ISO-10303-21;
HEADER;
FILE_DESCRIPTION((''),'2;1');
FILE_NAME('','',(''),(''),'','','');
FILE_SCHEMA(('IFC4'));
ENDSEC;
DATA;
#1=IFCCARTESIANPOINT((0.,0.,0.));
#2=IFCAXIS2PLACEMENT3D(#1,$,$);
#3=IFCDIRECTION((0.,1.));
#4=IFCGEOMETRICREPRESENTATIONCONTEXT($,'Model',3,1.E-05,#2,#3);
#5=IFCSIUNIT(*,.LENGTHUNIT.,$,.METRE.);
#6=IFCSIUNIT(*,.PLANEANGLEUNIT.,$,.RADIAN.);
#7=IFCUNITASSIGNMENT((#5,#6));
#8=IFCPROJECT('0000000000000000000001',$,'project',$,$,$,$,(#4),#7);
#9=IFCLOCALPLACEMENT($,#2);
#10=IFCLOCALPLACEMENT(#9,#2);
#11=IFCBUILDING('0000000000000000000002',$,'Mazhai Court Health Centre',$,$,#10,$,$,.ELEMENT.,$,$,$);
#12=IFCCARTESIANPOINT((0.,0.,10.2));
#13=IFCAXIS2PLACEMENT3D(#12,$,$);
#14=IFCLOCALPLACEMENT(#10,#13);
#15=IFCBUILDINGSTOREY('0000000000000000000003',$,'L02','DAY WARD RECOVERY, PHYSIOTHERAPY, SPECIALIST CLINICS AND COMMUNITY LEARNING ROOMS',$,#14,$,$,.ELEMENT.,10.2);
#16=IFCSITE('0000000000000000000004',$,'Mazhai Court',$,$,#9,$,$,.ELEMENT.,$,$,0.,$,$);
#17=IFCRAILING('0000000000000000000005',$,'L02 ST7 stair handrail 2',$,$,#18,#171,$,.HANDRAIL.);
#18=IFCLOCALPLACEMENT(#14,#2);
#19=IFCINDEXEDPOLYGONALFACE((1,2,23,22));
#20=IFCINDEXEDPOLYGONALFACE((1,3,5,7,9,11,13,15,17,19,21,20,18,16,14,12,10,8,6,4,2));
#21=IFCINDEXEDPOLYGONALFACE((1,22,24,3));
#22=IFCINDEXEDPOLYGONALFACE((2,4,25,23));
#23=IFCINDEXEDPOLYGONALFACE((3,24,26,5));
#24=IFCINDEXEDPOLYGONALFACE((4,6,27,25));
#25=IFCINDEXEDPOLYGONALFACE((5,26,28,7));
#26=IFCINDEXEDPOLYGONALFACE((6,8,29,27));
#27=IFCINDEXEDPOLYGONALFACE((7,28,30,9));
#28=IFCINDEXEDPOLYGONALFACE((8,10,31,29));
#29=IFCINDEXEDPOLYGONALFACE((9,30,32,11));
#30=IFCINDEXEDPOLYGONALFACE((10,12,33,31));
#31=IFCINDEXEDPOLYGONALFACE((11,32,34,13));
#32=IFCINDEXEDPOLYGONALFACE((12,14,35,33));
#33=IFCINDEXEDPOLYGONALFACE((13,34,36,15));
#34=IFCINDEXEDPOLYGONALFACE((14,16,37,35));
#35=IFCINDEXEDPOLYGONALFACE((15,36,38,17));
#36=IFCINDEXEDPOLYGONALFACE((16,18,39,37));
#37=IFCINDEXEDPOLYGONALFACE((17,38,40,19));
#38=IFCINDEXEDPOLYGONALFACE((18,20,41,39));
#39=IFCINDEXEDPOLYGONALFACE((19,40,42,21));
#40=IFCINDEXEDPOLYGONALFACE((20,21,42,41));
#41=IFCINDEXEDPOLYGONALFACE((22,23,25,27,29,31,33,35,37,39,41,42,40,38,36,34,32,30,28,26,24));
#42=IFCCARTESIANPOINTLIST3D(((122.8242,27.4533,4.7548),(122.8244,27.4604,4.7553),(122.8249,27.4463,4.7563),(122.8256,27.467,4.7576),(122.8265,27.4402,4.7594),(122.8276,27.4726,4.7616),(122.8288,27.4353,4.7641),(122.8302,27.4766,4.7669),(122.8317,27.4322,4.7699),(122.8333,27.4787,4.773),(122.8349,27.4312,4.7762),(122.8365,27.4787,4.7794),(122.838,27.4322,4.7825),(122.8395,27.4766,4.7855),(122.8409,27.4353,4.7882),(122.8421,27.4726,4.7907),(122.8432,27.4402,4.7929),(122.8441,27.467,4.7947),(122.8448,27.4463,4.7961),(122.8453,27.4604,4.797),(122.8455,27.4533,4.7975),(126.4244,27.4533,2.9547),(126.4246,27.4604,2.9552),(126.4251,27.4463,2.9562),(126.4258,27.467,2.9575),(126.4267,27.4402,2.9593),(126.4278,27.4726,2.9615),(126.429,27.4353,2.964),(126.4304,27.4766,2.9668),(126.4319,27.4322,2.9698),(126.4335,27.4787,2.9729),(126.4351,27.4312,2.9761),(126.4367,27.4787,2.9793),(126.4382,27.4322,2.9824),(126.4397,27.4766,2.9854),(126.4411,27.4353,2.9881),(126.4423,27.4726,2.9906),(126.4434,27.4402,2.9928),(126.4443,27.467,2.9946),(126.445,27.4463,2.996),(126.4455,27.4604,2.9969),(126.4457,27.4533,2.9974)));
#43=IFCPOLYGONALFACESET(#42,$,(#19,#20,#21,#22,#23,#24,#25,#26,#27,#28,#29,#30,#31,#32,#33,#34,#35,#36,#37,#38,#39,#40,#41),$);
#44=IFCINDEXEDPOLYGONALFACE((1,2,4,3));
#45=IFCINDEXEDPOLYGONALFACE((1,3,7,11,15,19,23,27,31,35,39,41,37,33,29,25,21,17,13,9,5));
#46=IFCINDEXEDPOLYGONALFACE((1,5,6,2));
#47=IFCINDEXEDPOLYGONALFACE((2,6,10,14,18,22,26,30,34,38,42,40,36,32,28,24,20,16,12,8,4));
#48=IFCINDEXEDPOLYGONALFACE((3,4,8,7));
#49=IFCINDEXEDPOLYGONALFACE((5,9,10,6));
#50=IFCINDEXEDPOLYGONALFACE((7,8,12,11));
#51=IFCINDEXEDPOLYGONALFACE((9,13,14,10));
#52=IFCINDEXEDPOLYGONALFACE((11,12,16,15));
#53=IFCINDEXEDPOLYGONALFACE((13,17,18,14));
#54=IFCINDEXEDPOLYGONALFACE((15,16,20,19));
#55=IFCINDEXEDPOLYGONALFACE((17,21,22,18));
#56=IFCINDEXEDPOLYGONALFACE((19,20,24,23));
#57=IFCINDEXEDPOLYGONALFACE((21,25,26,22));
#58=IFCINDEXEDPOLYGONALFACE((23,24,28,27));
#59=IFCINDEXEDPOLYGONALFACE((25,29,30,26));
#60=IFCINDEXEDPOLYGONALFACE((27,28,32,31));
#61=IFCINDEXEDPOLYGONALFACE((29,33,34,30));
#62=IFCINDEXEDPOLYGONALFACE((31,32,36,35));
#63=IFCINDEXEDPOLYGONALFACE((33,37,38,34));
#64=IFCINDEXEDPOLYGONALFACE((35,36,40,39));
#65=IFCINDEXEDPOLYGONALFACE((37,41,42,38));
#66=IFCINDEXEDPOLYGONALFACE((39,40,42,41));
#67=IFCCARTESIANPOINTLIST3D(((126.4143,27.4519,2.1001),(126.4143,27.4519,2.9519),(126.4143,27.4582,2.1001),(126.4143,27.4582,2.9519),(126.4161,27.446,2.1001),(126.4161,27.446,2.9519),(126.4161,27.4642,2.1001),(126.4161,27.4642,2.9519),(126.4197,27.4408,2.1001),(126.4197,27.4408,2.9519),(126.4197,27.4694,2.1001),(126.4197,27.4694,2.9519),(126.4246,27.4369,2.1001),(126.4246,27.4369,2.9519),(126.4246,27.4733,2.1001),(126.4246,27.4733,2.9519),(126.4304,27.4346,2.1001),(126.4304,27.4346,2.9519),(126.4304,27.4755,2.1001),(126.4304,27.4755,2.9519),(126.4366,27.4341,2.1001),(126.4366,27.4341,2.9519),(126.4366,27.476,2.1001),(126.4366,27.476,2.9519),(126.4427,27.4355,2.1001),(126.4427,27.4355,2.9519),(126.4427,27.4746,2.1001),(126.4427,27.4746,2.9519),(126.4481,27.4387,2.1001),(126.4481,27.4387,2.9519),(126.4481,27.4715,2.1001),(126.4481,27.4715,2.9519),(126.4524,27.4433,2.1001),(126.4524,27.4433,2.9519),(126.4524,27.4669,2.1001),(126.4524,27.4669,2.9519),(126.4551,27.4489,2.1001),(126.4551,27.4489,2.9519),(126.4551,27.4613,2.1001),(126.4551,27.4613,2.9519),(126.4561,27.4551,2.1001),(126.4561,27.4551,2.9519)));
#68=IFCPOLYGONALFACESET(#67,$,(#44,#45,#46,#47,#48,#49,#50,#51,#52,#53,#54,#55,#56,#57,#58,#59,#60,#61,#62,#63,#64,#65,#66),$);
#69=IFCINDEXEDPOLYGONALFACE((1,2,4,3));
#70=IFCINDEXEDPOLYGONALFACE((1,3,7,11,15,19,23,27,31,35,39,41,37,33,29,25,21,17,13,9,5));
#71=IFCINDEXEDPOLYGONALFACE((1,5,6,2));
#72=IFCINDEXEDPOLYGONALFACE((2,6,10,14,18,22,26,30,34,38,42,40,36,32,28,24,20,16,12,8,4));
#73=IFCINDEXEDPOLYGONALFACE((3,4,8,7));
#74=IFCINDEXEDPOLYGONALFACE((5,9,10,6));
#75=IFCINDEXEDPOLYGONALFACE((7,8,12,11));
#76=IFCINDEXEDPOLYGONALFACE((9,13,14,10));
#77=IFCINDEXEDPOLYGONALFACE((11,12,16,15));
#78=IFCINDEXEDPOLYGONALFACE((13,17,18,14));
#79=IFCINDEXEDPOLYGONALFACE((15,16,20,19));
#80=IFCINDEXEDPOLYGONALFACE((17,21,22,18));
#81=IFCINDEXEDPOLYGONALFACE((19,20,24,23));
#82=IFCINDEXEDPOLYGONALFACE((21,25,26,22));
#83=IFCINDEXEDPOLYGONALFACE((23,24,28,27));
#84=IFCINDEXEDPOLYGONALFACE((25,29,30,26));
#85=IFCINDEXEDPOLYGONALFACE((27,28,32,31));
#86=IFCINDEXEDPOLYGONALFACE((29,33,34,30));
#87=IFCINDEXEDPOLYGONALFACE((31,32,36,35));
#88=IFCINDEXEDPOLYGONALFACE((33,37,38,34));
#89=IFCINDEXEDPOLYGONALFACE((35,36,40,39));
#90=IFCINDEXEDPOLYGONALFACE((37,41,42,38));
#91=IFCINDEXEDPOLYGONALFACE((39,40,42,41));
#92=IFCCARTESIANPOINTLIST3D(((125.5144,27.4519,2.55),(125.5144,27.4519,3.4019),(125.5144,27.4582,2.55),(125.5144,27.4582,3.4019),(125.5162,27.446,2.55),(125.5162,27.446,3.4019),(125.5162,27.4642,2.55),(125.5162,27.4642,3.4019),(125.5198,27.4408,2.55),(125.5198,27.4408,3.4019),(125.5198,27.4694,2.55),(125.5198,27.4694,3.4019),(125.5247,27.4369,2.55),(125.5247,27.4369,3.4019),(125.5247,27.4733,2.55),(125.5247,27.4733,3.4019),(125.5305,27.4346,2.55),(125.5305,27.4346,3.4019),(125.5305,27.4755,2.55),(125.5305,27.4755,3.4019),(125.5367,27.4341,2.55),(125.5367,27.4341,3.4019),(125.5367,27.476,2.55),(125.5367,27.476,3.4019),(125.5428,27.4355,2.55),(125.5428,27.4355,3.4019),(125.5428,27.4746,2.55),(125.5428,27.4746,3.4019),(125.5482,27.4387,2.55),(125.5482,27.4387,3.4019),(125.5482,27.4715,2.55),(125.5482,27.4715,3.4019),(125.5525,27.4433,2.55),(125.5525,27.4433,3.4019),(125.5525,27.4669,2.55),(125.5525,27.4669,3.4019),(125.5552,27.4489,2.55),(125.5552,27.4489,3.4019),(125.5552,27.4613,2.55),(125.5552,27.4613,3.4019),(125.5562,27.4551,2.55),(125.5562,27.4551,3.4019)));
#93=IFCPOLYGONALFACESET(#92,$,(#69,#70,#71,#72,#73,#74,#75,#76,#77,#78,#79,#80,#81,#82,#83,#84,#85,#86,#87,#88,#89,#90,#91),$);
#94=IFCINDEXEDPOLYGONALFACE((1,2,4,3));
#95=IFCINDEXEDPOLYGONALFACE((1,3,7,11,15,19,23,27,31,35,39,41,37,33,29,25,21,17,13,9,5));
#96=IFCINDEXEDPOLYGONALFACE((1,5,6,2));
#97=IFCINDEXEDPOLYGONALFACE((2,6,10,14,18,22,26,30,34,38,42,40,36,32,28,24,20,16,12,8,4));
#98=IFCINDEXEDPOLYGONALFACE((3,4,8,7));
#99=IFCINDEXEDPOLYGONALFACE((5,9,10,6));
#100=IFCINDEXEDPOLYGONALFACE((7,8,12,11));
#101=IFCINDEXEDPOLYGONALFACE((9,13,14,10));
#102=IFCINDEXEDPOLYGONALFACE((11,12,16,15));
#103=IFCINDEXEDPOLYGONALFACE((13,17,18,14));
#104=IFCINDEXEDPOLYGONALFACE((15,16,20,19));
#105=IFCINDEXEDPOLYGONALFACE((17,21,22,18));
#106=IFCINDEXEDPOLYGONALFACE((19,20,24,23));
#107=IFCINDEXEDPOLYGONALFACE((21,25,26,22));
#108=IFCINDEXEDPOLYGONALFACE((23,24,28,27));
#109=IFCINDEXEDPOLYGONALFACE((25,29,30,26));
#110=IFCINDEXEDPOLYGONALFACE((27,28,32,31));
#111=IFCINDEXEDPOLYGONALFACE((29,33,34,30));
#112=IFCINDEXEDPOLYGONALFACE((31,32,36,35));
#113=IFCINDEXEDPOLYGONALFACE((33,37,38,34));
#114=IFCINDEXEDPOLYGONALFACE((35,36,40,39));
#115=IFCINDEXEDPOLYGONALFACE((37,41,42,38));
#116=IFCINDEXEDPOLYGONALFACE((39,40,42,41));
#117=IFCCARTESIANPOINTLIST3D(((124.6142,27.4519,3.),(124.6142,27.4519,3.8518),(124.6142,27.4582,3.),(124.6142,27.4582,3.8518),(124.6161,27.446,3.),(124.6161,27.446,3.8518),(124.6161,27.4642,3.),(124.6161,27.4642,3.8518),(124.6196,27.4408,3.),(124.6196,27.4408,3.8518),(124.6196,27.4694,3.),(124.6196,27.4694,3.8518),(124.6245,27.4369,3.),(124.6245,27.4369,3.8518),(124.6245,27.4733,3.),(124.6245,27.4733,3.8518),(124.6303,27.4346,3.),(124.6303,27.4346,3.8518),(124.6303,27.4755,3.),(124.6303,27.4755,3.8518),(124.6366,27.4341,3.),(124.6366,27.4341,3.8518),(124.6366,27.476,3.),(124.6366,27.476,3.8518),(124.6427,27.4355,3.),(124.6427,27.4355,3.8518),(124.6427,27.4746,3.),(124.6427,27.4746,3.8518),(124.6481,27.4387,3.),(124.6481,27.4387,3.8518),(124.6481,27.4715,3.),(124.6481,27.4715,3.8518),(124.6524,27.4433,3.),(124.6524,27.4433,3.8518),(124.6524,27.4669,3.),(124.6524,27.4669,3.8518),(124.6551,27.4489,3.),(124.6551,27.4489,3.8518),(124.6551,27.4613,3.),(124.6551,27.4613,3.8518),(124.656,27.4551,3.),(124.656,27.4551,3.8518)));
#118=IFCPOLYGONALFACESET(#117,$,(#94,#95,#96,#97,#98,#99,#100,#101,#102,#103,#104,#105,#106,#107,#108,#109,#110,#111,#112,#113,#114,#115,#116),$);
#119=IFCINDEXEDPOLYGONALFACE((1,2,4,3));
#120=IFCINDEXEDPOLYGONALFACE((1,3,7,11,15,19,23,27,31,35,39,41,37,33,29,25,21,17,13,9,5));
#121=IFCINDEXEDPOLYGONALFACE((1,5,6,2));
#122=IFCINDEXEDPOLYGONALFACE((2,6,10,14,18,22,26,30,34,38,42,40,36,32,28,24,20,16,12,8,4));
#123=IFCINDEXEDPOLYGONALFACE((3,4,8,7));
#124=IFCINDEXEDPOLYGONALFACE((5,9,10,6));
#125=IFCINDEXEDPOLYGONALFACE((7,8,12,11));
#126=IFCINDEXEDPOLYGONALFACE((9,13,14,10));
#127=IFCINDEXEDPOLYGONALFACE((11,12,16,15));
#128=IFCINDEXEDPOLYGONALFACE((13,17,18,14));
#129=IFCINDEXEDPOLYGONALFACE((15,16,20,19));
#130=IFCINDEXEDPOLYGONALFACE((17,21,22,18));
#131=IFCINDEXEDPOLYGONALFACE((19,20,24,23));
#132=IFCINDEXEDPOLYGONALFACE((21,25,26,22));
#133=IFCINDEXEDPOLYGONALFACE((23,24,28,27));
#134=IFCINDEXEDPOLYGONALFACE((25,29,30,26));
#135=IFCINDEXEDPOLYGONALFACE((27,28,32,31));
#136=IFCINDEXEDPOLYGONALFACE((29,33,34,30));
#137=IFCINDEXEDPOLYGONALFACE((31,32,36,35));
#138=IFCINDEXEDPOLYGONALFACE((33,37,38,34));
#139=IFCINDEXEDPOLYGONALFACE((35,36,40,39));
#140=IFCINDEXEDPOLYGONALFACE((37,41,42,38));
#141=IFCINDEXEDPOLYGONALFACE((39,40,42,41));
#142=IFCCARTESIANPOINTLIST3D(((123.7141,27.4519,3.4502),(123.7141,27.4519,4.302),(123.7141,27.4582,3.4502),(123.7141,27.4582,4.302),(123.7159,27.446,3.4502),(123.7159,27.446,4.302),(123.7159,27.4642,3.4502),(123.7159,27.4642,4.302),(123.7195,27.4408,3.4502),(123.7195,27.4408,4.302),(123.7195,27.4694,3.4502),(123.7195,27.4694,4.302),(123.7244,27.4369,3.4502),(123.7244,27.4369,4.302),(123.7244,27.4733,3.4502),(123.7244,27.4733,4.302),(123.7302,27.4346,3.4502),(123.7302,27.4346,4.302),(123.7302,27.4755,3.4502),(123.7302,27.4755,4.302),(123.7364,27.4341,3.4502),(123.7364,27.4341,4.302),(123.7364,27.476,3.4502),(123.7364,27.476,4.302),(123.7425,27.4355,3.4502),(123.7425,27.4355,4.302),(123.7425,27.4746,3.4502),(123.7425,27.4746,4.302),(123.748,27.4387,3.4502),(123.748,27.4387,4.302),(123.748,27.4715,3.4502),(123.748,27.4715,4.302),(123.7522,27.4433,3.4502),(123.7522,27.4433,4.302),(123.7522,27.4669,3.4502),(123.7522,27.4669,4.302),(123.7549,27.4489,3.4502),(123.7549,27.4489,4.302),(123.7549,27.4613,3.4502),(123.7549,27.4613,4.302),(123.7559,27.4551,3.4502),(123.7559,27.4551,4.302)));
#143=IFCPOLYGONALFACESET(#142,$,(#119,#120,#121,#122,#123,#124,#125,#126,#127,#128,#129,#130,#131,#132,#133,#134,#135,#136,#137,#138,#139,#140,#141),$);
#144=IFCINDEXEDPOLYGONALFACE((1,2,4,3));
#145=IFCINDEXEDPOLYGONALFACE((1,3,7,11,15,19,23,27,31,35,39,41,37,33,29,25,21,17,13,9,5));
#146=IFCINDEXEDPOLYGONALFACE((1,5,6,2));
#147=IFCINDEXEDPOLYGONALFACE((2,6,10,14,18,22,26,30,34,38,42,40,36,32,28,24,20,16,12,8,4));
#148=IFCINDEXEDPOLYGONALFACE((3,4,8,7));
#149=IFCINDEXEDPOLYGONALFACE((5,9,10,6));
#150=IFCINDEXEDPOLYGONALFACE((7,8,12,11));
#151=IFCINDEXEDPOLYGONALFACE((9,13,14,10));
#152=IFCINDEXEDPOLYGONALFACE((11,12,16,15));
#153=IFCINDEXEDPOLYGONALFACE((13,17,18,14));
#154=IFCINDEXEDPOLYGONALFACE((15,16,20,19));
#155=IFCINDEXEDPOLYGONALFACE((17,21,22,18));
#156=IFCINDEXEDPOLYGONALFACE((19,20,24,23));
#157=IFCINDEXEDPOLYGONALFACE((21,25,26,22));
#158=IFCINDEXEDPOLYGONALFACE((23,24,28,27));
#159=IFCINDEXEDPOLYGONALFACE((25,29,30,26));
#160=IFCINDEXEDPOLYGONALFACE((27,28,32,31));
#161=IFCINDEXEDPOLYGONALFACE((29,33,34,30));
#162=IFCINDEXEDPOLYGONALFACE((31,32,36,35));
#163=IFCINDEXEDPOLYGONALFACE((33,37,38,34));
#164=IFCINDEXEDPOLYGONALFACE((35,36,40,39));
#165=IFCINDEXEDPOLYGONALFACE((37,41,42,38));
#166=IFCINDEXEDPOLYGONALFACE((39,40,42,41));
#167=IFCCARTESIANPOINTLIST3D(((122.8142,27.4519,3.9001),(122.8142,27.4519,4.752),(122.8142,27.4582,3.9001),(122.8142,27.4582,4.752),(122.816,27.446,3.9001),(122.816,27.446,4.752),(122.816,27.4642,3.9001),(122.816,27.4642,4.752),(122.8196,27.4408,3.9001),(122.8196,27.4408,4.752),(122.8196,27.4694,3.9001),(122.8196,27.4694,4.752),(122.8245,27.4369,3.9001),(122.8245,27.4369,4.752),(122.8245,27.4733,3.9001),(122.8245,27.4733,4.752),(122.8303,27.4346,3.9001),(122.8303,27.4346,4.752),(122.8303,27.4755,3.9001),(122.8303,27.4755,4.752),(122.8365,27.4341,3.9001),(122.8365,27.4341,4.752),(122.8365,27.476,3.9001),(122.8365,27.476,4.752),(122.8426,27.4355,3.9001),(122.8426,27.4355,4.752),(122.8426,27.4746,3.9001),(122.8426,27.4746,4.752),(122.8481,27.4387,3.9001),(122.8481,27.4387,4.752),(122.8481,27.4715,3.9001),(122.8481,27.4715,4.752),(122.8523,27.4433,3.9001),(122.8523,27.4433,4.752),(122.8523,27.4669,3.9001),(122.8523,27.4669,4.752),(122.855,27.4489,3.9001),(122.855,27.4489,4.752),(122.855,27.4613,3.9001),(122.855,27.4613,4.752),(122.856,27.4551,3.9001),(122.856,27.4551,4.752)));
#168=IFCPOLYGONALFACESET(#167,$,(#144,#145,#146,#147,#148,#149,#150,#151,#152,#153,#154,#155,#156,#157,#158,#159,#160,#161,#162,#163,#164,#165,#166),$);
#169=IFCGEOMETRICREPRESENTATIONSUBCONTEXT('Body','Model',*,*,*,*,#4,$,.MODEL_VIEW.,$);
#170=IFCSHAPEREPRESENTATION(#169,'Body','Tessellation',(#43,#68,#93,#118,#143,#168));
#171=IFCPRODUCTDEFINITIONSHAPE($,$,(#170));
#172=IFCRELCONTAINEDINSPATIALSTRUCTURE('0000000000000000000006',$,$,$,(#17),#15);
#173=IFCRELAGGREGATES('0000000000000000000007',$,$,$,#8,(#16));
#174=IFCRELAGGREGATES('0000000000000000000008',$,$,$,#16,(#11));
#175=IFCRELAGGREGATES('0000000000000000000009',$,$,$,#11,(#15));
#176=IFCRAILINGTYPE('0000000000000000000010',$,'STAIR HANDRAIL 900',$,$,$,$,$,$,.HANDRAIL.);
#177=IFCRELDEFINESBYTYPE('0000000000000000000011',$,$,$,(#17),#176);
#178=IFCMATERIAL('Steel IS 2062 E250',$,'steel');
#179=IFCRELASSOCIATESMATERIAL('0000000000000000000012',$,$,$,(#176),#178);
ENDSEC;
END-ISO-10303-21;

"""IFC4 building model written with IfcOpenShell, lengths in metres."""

from ifc_helpers import new_model, si_unit, direction, frame, origin, origin_2d, place, context, subcontext, project, spatial, circle, extrude, material, type_object, element, save


model = new_model("IFC4")

# Units and contexts
model_context = context("Model", 3, precision=1e-05, world=origin(), true_north=direction((0.0, 1.0)))
body_context = subcontext(model_context, "Body", "Model", "MODEL_VIEW")
ifc_project = project(units=[si_unit("LENGTHUNIT", "METRE"), si_unit("PLANEANGLEUNIT", "RADIAN")], contexts=[model_context])

# Site, building, storey
site_placement = place(None, origin())
site = spatial("IfcSite", under=ifc_project, at=site_placement, Name="Mazhai Court", CompositionType="ELEMENT", RefElevation=0.0)
building_placement = place(site_placement, origin())
building = spatial("IfcBuilding", under=site, at=building_placement, Name="Mazhai Court Health Centre", CompositionType="ELEMENT")
storey_placement = place(building_placement, frame((0.0, 0.0, 10.2)))
storey = spatial("IfcBuildingStorey", under=building, at=storey_placement, Name="L02", Description="DAY WARD RECOVERY, PHYSIOTHERAPY, SPECIALIST CLINICS AND COMMUNITY LEARNING ROOMS", CompositionType="ELEMENT", Elevation=10.2)

# Railing
ifc_material_1 = material(Name="Steel IS 2062 E250", Category="steel")
railing_type_1 = type_object("IfcRailingType", Name="STAIR HANDRAIL 900", PredefinedType="HANDRAIL", material=ifc_material_1)
railing_1_placement = place(storey_placement, frame((126.4351, 27.4551, 2.1001)))
element("IfcRailing", 1, at=railing_1_placement, inside=storey, type_object=railing_type_1, Name="L02 ST7 stair handrail 2", PredefinedType="HANDRAIL", context=body_context, shape_type="SweptSolid", body=[
    extrude(circle(Radius=0.0239, at=origin_2d()), frame((0.0, 0.0, 0.876), z_axis=(-0.894427, 0.0, 0.447214), x_axis=(0.0, -1.0, 0.0)), (0.0, 0.0, 1.0), 4.0251),
    extrude(circle(Radius=0.021, at=origin_2d()), origin(), (0.0, 0.0, 1.0), 0.8518),
    extrude(circle(Radius=0.021, at=origin_2d()), frame((-0.8999, 0.0, 0.45)), (0.0, 0.0, 1.0), 0.8518),
    extrude(circle(Radius=0.021, at=origin_2d()), frame((-1.8, 0.0, 0.8999)), (0.0, 0.0, 1.0), 0.8518),
    extrude(circle(Radius=0.021, at=origin_2d()), frame((-2.7002, 0.0, 1.3501)), (0.0, 0.0, 1.0), 0.8518),
    extrude(circle(Radius=0.021, at=origin_2d()), frame((-3.6001, 0.0, 1.8)), (0.0, 0.0, 1.0), 0.8518),
])

save(model, "model.ifc")
